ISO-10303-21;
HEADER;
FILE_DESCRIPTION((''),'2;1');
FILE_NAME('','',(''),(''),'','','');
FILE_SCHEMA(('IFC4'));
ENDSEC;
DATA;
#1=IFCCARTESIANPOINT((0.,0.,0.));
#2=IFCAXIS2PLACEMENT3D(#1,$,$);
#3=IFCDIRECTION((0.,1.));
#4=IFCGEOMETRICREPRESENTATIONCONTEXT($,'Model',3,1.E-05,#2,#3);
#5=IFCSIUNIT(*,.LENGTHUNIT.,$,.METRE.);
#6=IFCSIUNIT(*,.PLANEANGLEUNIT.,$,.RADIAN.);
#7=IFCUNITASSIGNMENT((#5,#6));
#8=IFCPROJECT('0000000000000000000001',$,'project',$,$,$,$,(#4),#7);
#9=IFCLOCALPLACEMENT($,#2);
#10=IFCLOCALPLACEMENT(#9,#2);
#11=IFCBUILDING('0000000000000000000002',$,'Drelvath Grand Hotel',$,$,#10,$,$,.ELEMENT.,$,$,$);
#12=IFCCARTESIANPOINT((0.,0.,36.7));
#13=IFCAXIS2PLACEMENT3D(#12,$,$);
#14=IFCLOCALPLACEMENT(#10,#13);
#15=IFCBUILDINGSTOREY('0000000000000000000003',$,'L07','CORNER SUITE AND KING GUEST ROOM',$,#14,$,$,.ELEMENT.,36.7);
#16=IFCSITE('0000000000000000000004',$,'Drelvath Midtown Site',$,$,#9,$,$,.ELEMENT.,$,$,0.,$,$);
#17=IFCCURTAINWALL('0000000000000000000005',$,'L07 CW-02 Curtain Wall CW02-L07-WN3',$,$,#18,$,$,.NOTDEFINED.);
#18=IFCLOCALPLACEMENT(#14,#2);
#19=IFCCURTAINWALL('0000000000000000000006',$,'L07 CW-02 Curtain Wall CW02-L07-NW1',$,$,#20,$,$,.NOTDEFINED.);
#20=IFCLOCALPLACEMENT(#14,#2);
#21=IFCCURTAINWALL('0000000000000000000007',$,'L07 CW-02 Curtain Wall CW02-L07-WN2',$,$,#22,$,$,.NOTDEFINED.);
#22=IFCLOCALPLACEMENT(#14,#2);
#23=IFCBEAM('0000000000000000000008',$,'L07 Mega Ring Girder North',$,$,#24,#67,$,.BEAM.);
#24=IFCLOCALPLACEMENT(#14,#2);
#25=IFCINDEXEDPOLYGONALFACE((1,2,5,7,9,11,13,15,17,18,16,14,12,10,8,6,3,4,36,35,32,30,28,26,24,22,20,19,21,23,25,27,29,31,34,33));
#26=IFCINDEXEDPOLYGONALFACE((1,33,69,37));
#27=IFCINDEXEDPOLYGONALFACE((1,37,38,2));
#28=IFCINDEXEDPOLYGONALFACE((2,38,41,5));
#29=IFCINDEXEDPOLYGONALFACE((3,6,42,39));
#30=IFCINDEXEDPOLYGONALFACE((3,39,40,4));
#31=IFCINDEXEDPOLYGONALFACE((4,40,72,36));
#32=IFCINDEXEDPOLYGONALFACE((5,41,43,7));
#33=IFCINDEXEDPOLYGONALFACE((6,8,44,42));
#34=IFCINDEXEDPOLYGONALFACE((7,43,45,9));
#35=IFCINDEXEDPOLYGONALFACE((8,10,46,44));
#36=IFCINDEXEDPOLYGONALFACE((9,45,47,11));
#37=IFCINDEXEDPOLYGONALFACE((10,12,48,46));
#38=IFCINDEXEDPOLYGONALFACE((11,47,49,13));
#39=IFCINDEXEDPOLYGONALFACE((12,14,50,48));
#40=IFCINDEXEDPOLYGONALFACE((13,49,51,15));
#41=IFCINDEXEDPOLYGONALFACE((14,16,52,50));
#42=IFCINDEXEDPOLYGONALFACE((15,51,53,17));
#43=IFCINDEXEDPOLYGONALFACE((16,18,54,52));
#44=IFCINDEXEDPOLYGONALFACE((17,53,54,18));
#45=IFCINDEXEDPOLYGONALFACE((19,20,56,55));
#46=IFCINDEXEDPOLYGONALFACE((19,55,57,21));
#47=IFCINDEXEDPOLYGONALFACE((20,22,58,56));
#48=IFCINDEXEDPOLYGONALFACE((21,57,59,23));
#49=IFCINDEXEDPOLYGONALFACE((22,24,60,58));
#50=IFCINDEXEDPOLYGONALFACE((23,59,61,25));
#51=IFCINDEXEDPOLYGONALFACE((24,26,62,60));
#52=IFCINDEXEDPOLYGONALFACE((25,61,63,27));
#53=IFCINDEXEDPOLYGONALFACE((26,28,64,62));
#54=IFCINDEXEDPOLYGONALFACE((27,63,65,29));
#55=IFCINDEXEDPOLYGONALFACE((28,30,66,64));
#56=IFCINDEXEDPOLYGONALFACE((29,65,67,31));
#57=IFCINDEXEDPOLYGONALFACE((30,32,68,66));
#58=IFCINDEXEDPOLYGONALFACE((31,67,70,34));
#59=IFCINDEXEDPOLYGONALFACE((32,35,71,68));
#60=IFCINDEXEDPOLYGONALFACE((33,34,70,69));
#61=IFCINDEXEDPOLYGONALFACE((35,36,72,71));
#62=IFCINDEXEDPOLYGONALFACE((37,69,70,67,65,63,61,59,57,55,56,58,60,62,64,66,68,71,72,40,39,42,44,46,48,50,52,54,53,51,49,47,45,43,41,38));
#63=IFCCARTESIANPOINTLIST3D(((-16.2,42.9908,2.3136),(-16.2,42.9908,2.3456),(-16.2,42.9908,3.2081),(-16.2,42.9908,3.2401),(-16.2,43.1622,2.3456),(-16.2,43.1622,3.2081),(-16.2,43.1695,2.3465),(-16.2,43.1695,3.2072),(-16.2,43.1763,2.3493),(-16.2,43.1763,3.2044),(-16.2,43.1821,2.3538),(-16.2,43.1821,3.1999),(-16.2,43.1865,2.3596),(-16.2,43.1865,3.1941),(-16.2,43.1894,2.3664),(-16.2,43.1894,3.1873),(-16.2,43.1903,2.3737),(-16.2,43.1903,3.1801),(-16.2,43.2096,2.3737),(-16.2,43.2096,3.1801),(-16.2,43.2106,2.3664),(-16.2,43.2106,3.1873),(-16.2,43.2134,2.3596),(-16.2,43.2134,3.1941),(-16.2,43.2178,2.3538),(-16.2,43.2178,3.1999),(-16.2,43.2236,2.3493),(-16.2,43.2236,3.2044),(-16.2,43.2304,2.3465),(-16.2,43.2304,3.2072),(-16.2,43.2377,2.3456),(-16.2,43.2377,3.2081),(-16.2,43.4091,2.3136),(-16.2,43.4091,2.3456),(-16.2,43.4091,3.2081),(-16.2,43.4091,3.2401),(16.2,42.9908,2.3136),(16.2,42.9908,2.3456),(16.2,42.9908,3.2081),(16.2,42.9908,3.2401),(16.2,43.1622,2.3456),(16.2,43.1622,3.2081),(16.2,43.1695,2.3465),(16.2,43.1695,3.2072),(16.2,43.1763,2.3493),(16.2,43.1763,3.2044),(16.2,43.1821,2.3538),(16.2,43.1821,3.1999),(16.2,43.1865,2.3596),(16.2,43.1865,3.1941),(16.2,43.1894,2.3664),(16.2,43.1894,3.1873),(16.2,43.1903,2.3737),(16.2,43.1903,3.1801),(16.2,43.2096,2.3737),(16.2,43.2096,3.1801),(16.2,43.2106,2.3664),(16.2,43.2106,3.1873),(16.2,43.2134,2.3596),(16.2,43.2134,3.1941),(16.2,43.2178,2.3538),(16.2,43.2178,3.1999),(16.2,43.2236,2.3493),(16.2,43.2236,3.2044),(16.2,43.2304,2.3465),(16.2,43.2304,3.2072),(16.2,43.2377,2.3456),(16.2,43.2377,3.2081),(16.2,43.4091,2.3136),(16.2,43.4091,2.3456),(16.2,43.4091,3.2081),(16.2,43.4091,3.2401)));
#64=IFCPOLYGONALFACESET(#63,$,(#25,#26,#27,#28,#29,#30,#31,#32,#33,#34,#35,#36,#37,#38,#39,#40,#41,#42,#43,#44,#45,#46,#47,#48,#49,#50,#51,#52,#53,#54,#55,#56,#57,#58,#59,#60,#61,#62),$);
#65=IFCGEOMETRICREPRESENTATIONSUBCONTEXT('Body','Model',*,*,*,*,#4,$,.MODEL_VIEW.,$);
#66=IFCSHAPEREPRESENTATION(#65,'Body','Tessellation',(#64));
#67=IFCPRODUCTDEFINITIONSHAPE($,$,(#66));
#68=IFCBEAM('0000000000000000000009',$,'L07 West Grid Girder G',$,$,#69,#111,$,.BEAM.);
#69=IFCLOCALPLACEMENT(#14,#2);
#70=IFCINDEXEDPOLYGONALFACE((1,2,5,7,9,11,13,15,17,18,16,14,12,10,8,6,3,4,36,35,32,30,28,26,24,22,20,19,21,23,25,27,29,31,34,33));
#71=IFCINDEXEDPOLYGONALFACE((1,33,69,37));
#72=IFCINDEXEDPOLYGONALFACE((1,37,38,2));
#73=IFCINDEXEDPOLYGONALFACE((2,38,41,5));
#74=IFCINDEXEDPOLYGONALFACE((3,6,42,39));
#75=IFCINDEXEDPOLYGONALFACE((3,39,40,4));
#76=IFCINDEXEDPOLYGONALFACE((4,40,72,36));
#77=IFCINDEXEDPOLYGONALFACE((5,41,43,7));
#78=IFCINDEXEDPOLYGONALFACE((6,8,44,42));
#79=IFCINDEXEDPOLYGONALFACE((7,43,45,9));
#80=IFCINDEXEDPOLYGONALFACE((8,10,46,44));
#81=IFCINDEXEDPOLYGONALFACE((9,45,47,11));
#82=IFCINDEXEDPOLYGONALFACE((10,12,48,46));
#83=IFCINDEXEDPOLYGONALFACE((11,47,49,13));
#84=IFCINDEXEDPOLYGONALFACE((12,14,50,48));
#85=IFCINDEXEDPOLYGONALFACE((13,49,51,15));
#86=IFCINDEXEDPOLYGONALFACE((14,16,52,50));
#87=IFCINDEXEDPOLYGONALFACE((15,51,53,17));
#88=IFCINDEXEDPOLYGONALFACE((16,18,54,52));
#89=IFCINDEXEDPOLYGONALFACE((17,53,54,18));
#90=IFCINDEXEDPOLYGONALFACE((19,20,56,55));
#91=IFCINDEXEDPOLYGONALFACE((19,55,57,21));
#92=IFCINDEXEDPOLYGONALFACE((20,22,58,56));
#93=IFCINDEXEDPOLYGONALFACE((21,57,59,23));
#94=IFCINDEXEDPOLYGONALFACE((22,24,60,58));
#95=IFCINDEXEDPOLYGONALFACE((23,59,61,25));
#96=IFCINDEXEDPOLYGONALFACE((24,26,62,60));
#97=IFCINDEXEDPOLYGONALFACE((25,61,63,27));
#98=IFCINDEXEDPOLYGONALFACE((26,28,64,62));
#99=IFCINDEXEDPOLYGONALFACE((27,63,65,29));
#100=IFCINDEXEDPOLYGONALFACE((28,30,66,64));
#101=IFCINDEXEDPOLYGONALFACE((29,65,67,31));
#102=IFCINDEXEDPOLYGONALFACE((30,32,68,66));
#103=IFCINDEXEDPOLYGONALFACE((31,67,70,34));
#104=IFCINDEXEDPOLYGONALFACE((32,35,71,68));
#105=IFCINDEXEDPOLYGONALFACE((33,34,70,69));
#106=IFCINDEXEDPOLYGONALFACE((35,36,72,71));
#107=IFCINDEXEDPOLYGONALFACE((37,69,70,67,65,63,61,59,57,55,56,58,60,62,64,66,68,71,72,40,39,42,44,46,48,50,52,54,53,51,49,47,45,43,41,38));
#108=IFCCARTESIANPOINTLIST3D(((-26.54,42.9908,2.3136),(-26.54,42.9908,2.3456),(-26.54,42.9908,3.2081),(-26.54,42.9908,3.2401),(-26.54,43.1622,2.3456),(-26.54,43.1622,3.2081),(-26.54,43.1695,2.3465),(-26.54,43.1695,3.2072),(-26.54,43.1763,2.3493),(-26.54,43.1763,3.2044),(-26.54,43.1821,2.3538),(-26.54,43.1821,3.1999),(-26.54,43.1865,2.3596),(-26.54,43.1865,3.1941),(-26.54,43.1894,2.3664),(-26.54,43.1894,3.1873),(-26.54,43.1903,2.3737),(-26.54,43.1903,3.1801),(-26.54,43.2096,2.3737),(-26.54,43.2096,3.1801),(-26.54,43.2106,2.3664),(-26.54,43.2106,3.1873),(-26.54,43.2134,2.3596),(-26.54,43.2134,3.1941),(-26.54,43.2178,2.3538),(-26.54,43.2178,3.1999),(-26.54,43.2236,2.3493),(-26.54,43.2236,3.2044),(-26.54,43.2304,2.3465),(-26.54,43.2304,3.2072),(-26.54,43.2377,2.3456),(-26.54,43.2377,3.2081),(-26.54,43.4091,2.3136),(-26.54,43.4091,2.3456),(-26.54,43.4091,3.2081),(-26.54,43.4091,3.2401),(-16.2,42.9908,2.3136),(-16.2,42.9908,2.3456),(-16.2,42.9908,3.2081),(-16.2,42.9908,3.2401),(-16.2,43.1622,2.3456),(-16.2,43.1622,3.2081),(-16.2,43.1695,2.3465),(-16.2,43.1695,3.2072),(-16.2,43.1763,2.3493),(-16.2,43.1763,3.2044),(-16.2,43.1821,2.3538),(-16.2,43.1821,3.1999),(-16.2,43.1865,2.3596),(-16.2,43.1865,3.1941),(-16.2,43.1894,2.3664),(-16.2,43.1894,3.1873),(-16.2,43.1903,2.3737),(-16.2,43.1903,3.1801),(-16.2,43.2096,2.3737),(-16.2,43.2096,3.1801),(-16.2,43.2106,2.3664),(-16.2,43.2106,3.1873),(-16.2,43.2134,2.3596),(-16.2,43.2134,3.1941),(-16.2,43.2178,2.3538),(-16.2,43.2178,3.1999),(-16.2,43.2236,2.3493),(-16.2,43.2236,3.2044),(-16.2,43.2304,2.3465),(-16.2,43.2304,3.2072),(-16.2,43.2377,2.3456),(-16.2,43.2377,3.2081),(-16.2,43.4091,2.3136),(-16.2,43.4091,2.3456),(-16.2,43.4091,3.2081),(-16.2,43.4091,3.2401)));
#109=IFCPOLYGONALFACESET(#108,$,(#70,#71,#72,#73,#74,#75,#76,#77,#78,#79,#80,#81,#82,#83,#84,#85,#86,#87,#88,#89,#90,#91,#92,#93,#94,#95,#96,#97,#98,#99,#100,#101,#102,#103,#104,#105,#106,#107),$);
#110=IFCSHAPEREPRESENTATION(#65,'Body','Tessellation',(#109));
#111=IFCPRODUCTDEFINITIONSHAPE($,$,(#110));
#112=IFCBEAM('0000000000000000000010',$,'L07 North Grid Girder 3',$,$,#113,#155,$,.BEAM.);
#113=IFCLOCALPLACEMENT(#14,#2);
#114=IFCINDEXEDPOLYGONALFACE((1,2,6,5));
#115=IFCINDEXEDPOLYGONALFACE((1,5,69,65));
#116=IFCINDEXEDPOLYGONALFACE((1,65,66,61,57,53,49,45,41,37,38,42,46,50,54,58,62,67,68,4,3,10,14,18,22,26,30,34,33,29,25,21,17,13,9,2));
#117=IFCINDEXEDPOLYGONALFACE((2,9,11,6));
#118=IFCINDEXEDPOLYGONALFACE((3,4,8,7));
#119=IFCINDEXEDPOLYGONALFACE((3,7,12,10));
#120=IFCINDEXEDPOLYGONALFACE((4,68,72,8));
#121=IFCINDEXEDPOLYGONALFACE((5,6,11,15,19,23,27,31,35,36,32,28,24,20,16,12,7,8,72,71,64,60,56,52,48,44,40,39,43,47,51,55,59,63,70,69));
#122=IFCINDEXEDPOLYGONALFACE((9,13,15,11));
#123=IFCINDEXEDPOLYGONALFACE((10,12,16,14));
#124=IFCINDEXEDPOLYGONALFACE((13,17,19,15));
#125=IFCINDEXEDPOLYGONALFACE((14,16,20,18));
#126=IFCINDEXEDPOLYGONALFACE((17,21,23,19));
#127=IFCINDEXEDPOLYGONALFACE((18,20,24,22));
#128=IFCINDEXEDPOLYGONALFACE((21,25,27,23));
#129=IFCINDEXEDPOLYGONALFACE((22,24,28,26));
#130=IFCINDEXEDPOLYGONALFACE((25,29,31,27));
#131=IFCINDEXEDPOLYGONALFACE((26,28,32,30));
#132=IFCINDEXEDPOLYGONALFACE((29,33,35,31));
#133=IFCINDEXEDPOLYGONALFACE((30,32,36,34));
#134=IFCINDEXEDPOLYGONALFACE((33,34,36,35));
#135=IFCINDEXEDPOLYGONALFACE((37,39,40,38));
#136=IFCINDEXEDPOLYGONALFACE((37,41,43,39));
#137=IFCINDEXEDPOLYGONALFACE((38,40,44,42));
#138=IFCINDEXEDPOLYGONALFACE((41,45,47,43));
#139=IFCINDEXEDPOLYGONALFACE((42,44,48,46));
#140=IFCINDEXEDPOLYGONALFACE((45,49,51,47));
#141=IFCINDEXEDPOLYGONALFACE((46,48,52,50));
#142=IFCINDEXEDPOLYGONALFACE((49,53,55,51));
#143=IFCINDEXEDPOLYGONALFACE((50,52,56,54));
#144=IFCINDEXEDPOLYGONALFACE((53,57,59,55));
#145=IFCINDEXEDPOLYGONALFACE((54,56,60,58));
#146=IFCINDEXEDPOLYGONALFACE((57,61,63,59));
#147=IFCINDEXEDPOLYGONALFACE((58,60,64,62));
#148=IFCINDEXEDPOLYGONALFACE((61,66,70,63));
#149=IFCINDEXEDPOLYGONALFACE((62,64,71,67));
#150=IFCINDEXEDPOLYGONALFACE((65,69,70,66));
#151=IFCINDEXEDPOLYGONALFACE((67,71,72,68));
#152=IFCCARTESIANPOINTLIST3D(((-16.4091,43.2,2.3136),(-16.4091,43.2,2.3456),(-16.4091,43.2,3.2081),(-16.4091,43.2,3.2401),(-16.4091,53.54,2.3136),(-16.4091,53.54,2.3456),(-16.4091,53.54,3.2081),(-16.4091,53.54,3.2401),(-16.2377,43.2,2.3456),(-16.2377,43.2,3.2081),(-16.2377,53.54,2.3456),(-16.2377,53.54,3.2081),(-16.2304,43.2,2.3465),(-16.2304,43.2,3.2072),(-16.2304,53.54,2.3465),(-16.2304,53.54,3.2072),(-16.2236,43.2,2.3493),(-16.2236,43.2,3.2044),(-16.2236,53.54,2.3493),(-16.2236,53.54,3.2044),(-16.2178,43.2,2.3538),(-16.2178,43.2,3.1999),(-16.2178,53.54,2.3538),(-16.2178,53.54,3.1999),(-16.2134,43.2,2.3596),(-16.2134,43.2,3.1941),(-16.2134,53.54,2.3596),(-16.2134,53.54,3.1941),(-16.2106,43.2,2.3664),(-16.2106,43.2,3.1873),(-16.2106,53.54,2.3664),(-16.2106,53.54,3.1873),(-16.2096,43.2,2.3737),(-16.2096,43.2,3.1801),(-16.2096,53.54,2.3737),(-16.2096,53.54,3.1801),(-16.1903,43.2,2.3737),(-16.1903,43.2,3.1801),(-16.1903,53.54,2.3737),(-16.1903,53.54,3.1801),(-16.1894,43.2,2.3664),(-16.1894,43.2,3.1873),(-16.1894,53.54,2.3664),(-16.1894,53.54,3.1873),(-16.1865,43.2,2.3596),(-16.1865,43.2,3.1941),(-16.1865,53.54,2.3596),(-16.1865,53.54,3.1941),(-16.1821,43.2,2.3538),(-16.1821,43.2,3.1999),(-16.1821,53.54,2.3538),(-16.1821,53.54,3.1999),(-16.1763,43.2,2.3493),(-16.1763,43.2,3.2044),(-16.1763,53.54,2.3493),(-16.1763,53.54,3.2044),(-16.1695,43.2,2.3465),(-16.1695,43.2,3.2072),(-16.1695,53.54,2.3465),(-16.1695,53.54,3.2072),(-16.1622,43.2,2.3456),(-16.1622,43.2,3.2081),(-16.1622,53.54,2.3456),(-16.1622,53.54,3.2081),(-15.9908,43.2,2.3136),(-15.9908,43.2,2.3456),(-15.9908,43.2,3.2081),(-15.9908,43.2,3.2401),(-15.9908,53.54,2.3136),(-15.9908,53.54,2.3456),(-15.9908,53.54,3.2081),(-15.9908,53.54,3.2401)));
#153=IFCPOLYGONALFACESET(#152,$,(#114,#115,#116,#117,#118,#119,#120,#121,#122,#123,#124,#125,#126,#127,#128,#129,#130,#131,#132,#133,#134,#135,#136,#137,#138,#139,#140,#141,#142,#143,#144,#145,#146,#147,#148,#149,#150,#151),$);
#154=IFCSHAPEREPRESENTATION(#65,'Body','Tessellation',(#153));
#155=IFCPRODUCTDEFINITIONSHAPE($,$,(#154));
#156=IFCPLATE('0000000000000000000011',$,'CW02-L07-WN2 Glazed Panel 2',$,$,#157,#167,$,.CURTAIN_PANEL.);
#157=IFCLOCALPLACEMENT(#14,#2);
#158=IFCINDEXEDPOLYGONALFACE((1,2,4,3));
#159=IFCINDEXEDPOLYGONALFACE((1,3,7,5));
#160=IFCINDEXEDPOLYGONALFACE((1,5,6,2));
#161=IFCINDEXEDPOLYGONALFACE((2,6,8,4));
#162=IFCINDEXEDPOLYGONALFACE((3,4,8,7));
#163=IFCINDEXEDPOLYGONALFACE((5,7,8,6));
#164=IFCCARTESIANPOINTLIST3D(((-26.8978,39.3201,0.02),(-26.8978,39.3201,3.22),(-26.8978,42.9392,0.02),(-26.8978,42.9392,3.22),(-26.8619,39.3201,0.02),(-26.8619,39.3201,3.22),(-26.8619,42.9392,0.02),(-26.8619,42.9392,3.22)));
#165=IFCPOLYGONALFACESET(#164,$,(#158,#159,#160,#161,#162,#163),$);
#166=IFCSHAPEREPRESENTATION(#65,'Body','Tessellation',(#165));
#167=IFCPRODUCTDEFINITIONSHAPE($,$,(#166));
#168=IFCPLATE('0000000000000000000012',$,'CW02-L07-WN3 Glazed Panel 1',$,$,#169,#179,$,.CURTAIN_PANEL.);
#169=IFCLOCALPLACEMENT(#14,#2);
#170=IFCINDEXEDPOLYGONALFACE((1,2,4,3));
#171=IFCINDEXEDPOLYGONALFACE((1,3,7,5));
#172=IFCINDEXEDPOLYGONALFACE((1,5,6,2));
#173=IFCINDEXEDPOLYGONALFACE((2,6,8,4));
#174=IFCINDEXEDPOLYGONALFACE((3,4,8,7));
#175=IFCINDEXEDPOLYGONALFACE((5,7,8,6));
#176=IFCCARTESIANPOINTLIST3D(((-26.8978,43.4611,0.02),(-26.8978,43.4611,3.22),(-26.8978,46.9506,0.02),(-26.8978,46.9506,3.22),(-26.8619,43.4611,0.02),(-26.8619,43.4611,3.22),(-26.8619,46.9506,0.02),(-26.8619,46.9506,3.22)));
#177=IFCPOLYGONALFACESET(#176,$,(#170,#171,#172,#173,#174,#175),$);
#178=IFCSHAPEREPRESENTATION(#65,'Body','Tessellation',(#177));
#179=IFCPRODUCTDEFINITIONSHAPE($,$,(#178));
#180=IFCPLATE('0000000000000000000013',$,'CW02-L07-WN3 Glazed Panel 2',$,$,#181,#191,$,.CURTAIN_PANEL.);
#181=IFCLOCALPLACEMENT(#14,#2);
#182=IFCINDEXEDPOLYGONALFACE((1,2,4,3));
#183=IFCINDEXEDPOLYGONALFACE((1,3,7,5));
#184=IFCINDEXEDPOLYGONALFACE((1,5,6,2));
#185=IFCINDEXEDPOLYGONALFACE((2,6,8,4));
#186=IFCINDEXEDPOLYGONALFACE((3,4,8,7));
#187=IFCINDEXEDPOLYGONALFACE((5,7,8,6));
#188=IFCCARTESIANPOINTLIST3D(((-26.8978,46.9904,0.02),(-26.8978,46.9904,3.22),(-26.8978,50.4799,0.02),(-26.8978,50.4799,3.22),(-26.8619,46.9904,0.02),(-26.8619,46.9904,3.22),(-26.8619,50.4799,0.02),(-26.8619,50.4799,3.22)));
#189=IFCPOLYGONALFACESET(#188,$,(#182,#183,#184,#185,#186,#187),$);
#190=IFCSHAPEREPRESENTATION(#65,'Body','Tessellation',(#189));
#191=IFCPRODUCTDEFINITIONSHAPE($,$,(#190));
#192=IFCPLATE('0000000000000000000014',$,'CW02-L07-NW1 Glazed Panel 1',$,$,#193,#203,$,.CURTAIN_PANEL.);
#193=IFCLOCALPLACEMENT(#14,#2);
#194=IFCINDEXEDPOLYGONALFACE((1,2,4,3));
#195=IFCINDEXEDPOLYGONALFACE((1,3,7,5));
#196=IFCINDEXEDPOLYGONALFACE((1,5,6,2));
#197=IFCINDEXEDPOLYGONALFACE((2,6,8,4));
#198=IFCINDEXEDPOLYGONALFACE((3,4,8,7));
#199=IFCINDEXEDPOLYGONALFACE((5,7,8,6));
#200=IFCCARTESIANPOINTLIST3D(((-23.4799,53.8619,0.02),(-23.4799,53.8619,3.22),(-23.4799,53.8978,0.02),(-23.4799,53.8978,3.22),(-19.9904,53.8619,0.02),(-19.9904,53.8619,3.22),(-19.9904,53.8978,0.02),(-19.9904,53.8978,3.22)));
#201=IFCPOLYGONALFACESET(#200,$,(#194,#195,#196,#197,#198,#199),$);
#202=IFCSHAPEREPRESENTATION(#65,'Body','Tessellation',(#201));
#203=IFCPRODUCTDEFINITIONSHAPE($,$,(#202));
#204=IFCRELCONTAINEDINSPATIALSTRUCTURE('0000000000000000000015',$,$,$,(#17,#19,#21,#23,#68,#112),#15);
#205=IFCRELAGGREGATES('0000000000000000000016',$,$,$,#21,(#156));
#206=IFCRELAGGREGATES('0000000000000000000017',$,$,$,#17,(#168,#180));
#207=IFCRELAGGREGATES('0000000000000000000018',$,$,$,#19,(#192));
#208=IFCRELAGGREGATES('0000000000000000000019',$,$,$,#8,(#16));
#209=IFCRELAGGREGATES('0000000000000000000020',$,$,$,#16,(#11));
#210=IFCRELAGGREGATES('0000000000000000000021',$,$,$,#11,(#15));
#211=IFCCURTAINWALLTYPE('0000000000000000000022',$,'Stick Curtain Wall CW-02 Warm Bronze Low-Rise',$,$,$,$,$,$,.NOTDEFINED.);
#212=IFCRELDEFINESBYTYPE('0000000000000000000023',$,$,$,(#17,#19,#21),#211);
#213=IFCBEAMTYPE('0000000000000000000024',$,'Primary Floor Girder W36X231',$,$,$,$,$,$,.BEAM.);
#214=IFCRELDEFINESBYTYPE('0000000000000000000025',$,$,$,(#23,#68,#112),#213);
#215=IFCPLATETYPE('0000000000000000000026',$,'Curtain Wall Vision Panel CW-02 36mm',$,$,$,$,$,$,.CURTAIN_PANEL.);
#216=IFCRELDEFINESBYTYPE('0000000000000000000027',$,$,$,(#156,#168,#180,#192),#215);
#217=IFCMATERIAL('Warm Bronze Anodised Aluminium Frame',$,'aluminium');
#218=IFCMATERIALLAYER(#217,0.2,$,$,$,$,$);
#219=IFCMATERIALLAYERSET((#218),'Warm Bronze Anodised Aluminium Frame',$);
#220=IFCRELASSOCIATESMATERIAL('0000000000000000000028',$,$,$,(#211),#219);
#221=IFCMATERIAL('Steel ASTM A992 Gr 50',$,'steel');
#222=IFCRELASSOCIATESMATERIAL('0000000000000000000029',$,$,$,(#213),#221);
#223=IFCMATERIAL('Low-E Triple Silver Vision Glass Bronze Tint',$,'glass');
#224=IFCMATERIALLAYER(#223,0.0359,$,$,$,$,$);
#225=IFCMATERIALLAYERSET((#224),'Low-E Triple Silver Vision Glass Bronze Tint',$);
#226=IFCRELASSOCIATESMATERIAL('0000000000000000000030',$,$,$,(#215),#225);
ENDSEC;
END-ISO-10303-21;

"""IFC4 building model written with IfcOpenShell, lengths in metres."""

from ifc_helpers import new_model, si_unit, direction, frame, origin, origin_2d, place, context, subcontext, project, spatial, rectangle, i_section, extrude, material, layer, layer_set, material_profile, profile_set, type_object, element, aggregate, save


model = new_model("IFC4")

# Units and contexts
model_context = context("Model", 3, precision=1e-05, world=origin(), true_north=direction((0.0, 1.0)))
body_context = subcontext(model_context, "Body", "Model", "MODEL_VIEW")
ifc_project = project(units=[si_unit("LENGTHUNIT", "METRE"), si_unit("PLANEANGLEUNIT", "RADIAN")], contexts=[model_context])

# Site, building, storey
site_placement = place(None, origin())
site = spatial("IfcSite", under=ifc_project, at=site_placement, Name="Drelvath Midtown Site", CompositionType="ELEMENT", RefElevation=0.0)
building_placement = place(site_placement, origin())
building = spatial("IfcBuilding", under=site, at=building_placement, Name="Drelvath Grand Hotel", CompositionType="ELEMENT")
storey_placement = place(building_placement, frame((0.0, 0.0, 36.7)))
storey = spatial("IfcBuildingStorey", under=building, at=storey_placement, Name="L07", Description="CORNER SUITE AND KING GUEST ROOM", CompositionType="ELEMENT", Elevation=36.7)

# Shared definitions
ifc_material_1 = material(Name="Steel ASTM A992 Gr 50", Category="steel")

# Curtain walls
ifc_material_2 = material(Name="Warm Bronze Anodised Aluminium Frame", Category="aluminium")
ifc_layer_1 = layer(ifc_material_2, 0.2)
ifc_layer_set_1 = layer_set([ifc_layer_1], Name="Warm Bronze Anodised Aluminium Frame")
curtain_wall_type = type_object("IfcCurtainWallType", Name="Stick Curtain Wall CW-02 Warm Bronze Low-Rise", PredefinedType="NOTDEFINED", material=ifc_layer_set_1)
curtain_wall_1_placement = place(storey_placement, origin())
curtain_wall_1 = element("IfcCurtainWall", 1, at=curtain_wall_1_placement, inside=storey, type_object=curtain_wall_type, Name="L07 CW-02 Curtain Wall CW02-L07-WN3", PredefinedType="NOTDEFINED")
curtain_wall_2_placement = place(storey_placement, origin())
curtain_wall_2 = element("IfcCurtainWall", 2, at=curtain_wall_2_placement, inside=storey, type_object=curtain_wall_type, Name="L07 CW-02 Curtain Wall CW02-L07-NW1", PredefinedType="NOTDEFINED")

# Curtain wall
curtain_wall_3_placement = place(storey_placement, origin())
curtain_wall_3 = element("IfcCurtainWall", 3, at=curtain_wall_3_placement, inside=storey, type_object=curtain_wall_type, Name="L07 CW-02 Curtain Wall CW02-L07-WN2", PredefinedType="NOTDEFINED")

# Beams
ifc_material_profile_1 = material_profile(ifc_material_1, i_section(OverallWidth=0.4182, OverallDepth=0.9265, WebThickness=0.0193, FlangeThickness=0.032, FilletRadius=0.0281, at=origin_2d()), Name="W36X231")
ifc_profile_set_1 = profile_set([ifc_material_profile_1], Name="Steel ASTM A992 Gr 50")
beam_type_1 = type_object("IfcBeamType", Name="Primary Floor Girder W36X231", PredefinedType="BEAM", material=ifc_profile_set_1)
beam_1_placement = place(storey_placement, frame((-16.2, 43.2, 2.7769), z_axis=(1.0, 0.0, 0.0), x_axis=(0.0, 1.0, 0.0)))
element("IfcBeam", 4, at=beam_1_placement, inside=storey, type_object=beam_type_1, Name="L07 Mega Ring Girder North", PredefinedType="BEAM", context=body_context, shape_type="SweptSolid", body=[
    extrude(i_section(OverallWidth=0.4182, OverallDepth=0.9265, WebThickness=0.0193, FlangeThickness=0.032, FilletRadius=0.0281, at=origin_2d()), origin(), (0.0, 0.0, 1.0), 32.3999),
])
for number, where, z_axis, x_axis, name in (
    (5, (-26.54, 43.2, 2.7769), (1.0, 0.0, 0.0), (0.0, 1.0, 0.0), "L07 West Grid Girder G"),
    (6, (-16.2, 43.2, 2.7769), (0.0, 1.0, 0.0), (-1.0, 0.0, 0.0), "L07 North Grid Girder 3"),
):
    element("IfcBeam", number, at=place(storey_placement, frame(where, z_axis=z_axis, x_axis=x_axis)), inside=storey, type_object=beam_type_1, Name=name, PredefinedType="BEAM", context=body_context, shape_type="SweptSolid", body=[
        extrude(i_section(OverallWidth=0.4182, OverallDepth=0.9265, WebThickness=0.0193, FlangeThickness=0.032, FilletRadius=0.0281, at=origin_2d()), origin(), (0.0, 0.0, 1.0), 10.3401),
    ])

# Plates
ifc_material_3 = material(Name="Low-E Triple Silver Vision Glass Bronze Tint", Category="glass")
ifc_layer_2 = layer(ifc_material_3, 0.0359)
ifc_layer_set_2 = layer_set([ifc_layer_2], Name="Low-E Triple Silver Vision Glass Bronze Tint")
plate_type = type_object("IfcPlateType", Name="Curtain Wall Vision Panel CW-02 36mm", PredefinedType="CURTAIN_PANEL", material=ifc_layer_set_2)
plate_1_placement = place(storey_placement, frame((-26.8799, 41.1296, 0.02), z_axis=(0.0, 0.0, 1.0), x_axis=(0.0, 1.0, 0.0)))
plate_1 = element("IfcPlate", 7, at=plate_1_placement, type_object=plate_type, Name="CW02-L07-WN2 Glazed Panel 2", PredefinedType="CURTAIN_PANEL", context=body_context, shape_type="SweptSolid", body=[
    extrude(rectangle(XDim=3.6191, YDim=0.0359, at=origin_2d()), origin(), (0.0, 0.0, 1.0), 3.2),
])
aggregate(curtain_wall_3, [plate_1])
plate_2_placement = place(storey_placement, frame((-26.8799, 45.2058, 0.02), z_axis=(0.0, 0.0, 1.0), x_axis=(0.0, 1.0, 0.0)))
plate_2 = element("IfcPlate", 8, at=plate_2_placement, type_object=plate_type, Name="CW02-L07-WN3 Glazed Panel 1", PredefinedType="CURTAIN_PANEL", context=body_context, shape_type="SweptSolid", body=[
    extrude(rectangle(XDim=3.4895, YDim=0.0359, at=origin_2d()), origin(), (0.0, 0.0, 1.0), 3.2),
])
plate_3_placement = place(storey_placement, frame((-26.8799, 48.7351, 0.02), z_axis=(0.0, 0.0, 1.0), x_axis=(0.0, 1.0, 0.0)))
plate_3 = element("IfcPlate", 9, at=plate_3_placement, type_object=plate_type, Name="CW02-L07-WN3 Glazed Panel 2", PredefinedType="CURTAIN_PANEL", context=body_context, shape_type="SweptSolid", body=[
    extrude(rectangle(XDim=3.4895, YDim=0.0359, at=origin_2d()), origin(), (0.0, 0.0, 1.0), 3.2),
])
aggregate(curtain_wall_1, [plate_2, plate_3])
plate_4_placement = place(storey_placement, frame((-21.7351, 53.8799, 0.02), z_axis=(0.0, 0.0, 1.0), x_axis=(1.0, 0.0, 0.0)))
plate_4 = element("IfcPlate", 10, at=plate_4_placement, type_object=plate_type, Name="CW02-L07-NW1 Glazed Panel 1", PredefinedType="CURTAIN_PANEL", context=body_context, shape_type="SweptSolid", body=[
    extrude(rectangle(XDim=3.4895, YDim=0.0359, at=origin_2d()), origin(), (0.0, 0.0, 1.0), 3.2),
])
aggregate(curtain_wall_2, [plate_4])

save(model, "model.ifc")
